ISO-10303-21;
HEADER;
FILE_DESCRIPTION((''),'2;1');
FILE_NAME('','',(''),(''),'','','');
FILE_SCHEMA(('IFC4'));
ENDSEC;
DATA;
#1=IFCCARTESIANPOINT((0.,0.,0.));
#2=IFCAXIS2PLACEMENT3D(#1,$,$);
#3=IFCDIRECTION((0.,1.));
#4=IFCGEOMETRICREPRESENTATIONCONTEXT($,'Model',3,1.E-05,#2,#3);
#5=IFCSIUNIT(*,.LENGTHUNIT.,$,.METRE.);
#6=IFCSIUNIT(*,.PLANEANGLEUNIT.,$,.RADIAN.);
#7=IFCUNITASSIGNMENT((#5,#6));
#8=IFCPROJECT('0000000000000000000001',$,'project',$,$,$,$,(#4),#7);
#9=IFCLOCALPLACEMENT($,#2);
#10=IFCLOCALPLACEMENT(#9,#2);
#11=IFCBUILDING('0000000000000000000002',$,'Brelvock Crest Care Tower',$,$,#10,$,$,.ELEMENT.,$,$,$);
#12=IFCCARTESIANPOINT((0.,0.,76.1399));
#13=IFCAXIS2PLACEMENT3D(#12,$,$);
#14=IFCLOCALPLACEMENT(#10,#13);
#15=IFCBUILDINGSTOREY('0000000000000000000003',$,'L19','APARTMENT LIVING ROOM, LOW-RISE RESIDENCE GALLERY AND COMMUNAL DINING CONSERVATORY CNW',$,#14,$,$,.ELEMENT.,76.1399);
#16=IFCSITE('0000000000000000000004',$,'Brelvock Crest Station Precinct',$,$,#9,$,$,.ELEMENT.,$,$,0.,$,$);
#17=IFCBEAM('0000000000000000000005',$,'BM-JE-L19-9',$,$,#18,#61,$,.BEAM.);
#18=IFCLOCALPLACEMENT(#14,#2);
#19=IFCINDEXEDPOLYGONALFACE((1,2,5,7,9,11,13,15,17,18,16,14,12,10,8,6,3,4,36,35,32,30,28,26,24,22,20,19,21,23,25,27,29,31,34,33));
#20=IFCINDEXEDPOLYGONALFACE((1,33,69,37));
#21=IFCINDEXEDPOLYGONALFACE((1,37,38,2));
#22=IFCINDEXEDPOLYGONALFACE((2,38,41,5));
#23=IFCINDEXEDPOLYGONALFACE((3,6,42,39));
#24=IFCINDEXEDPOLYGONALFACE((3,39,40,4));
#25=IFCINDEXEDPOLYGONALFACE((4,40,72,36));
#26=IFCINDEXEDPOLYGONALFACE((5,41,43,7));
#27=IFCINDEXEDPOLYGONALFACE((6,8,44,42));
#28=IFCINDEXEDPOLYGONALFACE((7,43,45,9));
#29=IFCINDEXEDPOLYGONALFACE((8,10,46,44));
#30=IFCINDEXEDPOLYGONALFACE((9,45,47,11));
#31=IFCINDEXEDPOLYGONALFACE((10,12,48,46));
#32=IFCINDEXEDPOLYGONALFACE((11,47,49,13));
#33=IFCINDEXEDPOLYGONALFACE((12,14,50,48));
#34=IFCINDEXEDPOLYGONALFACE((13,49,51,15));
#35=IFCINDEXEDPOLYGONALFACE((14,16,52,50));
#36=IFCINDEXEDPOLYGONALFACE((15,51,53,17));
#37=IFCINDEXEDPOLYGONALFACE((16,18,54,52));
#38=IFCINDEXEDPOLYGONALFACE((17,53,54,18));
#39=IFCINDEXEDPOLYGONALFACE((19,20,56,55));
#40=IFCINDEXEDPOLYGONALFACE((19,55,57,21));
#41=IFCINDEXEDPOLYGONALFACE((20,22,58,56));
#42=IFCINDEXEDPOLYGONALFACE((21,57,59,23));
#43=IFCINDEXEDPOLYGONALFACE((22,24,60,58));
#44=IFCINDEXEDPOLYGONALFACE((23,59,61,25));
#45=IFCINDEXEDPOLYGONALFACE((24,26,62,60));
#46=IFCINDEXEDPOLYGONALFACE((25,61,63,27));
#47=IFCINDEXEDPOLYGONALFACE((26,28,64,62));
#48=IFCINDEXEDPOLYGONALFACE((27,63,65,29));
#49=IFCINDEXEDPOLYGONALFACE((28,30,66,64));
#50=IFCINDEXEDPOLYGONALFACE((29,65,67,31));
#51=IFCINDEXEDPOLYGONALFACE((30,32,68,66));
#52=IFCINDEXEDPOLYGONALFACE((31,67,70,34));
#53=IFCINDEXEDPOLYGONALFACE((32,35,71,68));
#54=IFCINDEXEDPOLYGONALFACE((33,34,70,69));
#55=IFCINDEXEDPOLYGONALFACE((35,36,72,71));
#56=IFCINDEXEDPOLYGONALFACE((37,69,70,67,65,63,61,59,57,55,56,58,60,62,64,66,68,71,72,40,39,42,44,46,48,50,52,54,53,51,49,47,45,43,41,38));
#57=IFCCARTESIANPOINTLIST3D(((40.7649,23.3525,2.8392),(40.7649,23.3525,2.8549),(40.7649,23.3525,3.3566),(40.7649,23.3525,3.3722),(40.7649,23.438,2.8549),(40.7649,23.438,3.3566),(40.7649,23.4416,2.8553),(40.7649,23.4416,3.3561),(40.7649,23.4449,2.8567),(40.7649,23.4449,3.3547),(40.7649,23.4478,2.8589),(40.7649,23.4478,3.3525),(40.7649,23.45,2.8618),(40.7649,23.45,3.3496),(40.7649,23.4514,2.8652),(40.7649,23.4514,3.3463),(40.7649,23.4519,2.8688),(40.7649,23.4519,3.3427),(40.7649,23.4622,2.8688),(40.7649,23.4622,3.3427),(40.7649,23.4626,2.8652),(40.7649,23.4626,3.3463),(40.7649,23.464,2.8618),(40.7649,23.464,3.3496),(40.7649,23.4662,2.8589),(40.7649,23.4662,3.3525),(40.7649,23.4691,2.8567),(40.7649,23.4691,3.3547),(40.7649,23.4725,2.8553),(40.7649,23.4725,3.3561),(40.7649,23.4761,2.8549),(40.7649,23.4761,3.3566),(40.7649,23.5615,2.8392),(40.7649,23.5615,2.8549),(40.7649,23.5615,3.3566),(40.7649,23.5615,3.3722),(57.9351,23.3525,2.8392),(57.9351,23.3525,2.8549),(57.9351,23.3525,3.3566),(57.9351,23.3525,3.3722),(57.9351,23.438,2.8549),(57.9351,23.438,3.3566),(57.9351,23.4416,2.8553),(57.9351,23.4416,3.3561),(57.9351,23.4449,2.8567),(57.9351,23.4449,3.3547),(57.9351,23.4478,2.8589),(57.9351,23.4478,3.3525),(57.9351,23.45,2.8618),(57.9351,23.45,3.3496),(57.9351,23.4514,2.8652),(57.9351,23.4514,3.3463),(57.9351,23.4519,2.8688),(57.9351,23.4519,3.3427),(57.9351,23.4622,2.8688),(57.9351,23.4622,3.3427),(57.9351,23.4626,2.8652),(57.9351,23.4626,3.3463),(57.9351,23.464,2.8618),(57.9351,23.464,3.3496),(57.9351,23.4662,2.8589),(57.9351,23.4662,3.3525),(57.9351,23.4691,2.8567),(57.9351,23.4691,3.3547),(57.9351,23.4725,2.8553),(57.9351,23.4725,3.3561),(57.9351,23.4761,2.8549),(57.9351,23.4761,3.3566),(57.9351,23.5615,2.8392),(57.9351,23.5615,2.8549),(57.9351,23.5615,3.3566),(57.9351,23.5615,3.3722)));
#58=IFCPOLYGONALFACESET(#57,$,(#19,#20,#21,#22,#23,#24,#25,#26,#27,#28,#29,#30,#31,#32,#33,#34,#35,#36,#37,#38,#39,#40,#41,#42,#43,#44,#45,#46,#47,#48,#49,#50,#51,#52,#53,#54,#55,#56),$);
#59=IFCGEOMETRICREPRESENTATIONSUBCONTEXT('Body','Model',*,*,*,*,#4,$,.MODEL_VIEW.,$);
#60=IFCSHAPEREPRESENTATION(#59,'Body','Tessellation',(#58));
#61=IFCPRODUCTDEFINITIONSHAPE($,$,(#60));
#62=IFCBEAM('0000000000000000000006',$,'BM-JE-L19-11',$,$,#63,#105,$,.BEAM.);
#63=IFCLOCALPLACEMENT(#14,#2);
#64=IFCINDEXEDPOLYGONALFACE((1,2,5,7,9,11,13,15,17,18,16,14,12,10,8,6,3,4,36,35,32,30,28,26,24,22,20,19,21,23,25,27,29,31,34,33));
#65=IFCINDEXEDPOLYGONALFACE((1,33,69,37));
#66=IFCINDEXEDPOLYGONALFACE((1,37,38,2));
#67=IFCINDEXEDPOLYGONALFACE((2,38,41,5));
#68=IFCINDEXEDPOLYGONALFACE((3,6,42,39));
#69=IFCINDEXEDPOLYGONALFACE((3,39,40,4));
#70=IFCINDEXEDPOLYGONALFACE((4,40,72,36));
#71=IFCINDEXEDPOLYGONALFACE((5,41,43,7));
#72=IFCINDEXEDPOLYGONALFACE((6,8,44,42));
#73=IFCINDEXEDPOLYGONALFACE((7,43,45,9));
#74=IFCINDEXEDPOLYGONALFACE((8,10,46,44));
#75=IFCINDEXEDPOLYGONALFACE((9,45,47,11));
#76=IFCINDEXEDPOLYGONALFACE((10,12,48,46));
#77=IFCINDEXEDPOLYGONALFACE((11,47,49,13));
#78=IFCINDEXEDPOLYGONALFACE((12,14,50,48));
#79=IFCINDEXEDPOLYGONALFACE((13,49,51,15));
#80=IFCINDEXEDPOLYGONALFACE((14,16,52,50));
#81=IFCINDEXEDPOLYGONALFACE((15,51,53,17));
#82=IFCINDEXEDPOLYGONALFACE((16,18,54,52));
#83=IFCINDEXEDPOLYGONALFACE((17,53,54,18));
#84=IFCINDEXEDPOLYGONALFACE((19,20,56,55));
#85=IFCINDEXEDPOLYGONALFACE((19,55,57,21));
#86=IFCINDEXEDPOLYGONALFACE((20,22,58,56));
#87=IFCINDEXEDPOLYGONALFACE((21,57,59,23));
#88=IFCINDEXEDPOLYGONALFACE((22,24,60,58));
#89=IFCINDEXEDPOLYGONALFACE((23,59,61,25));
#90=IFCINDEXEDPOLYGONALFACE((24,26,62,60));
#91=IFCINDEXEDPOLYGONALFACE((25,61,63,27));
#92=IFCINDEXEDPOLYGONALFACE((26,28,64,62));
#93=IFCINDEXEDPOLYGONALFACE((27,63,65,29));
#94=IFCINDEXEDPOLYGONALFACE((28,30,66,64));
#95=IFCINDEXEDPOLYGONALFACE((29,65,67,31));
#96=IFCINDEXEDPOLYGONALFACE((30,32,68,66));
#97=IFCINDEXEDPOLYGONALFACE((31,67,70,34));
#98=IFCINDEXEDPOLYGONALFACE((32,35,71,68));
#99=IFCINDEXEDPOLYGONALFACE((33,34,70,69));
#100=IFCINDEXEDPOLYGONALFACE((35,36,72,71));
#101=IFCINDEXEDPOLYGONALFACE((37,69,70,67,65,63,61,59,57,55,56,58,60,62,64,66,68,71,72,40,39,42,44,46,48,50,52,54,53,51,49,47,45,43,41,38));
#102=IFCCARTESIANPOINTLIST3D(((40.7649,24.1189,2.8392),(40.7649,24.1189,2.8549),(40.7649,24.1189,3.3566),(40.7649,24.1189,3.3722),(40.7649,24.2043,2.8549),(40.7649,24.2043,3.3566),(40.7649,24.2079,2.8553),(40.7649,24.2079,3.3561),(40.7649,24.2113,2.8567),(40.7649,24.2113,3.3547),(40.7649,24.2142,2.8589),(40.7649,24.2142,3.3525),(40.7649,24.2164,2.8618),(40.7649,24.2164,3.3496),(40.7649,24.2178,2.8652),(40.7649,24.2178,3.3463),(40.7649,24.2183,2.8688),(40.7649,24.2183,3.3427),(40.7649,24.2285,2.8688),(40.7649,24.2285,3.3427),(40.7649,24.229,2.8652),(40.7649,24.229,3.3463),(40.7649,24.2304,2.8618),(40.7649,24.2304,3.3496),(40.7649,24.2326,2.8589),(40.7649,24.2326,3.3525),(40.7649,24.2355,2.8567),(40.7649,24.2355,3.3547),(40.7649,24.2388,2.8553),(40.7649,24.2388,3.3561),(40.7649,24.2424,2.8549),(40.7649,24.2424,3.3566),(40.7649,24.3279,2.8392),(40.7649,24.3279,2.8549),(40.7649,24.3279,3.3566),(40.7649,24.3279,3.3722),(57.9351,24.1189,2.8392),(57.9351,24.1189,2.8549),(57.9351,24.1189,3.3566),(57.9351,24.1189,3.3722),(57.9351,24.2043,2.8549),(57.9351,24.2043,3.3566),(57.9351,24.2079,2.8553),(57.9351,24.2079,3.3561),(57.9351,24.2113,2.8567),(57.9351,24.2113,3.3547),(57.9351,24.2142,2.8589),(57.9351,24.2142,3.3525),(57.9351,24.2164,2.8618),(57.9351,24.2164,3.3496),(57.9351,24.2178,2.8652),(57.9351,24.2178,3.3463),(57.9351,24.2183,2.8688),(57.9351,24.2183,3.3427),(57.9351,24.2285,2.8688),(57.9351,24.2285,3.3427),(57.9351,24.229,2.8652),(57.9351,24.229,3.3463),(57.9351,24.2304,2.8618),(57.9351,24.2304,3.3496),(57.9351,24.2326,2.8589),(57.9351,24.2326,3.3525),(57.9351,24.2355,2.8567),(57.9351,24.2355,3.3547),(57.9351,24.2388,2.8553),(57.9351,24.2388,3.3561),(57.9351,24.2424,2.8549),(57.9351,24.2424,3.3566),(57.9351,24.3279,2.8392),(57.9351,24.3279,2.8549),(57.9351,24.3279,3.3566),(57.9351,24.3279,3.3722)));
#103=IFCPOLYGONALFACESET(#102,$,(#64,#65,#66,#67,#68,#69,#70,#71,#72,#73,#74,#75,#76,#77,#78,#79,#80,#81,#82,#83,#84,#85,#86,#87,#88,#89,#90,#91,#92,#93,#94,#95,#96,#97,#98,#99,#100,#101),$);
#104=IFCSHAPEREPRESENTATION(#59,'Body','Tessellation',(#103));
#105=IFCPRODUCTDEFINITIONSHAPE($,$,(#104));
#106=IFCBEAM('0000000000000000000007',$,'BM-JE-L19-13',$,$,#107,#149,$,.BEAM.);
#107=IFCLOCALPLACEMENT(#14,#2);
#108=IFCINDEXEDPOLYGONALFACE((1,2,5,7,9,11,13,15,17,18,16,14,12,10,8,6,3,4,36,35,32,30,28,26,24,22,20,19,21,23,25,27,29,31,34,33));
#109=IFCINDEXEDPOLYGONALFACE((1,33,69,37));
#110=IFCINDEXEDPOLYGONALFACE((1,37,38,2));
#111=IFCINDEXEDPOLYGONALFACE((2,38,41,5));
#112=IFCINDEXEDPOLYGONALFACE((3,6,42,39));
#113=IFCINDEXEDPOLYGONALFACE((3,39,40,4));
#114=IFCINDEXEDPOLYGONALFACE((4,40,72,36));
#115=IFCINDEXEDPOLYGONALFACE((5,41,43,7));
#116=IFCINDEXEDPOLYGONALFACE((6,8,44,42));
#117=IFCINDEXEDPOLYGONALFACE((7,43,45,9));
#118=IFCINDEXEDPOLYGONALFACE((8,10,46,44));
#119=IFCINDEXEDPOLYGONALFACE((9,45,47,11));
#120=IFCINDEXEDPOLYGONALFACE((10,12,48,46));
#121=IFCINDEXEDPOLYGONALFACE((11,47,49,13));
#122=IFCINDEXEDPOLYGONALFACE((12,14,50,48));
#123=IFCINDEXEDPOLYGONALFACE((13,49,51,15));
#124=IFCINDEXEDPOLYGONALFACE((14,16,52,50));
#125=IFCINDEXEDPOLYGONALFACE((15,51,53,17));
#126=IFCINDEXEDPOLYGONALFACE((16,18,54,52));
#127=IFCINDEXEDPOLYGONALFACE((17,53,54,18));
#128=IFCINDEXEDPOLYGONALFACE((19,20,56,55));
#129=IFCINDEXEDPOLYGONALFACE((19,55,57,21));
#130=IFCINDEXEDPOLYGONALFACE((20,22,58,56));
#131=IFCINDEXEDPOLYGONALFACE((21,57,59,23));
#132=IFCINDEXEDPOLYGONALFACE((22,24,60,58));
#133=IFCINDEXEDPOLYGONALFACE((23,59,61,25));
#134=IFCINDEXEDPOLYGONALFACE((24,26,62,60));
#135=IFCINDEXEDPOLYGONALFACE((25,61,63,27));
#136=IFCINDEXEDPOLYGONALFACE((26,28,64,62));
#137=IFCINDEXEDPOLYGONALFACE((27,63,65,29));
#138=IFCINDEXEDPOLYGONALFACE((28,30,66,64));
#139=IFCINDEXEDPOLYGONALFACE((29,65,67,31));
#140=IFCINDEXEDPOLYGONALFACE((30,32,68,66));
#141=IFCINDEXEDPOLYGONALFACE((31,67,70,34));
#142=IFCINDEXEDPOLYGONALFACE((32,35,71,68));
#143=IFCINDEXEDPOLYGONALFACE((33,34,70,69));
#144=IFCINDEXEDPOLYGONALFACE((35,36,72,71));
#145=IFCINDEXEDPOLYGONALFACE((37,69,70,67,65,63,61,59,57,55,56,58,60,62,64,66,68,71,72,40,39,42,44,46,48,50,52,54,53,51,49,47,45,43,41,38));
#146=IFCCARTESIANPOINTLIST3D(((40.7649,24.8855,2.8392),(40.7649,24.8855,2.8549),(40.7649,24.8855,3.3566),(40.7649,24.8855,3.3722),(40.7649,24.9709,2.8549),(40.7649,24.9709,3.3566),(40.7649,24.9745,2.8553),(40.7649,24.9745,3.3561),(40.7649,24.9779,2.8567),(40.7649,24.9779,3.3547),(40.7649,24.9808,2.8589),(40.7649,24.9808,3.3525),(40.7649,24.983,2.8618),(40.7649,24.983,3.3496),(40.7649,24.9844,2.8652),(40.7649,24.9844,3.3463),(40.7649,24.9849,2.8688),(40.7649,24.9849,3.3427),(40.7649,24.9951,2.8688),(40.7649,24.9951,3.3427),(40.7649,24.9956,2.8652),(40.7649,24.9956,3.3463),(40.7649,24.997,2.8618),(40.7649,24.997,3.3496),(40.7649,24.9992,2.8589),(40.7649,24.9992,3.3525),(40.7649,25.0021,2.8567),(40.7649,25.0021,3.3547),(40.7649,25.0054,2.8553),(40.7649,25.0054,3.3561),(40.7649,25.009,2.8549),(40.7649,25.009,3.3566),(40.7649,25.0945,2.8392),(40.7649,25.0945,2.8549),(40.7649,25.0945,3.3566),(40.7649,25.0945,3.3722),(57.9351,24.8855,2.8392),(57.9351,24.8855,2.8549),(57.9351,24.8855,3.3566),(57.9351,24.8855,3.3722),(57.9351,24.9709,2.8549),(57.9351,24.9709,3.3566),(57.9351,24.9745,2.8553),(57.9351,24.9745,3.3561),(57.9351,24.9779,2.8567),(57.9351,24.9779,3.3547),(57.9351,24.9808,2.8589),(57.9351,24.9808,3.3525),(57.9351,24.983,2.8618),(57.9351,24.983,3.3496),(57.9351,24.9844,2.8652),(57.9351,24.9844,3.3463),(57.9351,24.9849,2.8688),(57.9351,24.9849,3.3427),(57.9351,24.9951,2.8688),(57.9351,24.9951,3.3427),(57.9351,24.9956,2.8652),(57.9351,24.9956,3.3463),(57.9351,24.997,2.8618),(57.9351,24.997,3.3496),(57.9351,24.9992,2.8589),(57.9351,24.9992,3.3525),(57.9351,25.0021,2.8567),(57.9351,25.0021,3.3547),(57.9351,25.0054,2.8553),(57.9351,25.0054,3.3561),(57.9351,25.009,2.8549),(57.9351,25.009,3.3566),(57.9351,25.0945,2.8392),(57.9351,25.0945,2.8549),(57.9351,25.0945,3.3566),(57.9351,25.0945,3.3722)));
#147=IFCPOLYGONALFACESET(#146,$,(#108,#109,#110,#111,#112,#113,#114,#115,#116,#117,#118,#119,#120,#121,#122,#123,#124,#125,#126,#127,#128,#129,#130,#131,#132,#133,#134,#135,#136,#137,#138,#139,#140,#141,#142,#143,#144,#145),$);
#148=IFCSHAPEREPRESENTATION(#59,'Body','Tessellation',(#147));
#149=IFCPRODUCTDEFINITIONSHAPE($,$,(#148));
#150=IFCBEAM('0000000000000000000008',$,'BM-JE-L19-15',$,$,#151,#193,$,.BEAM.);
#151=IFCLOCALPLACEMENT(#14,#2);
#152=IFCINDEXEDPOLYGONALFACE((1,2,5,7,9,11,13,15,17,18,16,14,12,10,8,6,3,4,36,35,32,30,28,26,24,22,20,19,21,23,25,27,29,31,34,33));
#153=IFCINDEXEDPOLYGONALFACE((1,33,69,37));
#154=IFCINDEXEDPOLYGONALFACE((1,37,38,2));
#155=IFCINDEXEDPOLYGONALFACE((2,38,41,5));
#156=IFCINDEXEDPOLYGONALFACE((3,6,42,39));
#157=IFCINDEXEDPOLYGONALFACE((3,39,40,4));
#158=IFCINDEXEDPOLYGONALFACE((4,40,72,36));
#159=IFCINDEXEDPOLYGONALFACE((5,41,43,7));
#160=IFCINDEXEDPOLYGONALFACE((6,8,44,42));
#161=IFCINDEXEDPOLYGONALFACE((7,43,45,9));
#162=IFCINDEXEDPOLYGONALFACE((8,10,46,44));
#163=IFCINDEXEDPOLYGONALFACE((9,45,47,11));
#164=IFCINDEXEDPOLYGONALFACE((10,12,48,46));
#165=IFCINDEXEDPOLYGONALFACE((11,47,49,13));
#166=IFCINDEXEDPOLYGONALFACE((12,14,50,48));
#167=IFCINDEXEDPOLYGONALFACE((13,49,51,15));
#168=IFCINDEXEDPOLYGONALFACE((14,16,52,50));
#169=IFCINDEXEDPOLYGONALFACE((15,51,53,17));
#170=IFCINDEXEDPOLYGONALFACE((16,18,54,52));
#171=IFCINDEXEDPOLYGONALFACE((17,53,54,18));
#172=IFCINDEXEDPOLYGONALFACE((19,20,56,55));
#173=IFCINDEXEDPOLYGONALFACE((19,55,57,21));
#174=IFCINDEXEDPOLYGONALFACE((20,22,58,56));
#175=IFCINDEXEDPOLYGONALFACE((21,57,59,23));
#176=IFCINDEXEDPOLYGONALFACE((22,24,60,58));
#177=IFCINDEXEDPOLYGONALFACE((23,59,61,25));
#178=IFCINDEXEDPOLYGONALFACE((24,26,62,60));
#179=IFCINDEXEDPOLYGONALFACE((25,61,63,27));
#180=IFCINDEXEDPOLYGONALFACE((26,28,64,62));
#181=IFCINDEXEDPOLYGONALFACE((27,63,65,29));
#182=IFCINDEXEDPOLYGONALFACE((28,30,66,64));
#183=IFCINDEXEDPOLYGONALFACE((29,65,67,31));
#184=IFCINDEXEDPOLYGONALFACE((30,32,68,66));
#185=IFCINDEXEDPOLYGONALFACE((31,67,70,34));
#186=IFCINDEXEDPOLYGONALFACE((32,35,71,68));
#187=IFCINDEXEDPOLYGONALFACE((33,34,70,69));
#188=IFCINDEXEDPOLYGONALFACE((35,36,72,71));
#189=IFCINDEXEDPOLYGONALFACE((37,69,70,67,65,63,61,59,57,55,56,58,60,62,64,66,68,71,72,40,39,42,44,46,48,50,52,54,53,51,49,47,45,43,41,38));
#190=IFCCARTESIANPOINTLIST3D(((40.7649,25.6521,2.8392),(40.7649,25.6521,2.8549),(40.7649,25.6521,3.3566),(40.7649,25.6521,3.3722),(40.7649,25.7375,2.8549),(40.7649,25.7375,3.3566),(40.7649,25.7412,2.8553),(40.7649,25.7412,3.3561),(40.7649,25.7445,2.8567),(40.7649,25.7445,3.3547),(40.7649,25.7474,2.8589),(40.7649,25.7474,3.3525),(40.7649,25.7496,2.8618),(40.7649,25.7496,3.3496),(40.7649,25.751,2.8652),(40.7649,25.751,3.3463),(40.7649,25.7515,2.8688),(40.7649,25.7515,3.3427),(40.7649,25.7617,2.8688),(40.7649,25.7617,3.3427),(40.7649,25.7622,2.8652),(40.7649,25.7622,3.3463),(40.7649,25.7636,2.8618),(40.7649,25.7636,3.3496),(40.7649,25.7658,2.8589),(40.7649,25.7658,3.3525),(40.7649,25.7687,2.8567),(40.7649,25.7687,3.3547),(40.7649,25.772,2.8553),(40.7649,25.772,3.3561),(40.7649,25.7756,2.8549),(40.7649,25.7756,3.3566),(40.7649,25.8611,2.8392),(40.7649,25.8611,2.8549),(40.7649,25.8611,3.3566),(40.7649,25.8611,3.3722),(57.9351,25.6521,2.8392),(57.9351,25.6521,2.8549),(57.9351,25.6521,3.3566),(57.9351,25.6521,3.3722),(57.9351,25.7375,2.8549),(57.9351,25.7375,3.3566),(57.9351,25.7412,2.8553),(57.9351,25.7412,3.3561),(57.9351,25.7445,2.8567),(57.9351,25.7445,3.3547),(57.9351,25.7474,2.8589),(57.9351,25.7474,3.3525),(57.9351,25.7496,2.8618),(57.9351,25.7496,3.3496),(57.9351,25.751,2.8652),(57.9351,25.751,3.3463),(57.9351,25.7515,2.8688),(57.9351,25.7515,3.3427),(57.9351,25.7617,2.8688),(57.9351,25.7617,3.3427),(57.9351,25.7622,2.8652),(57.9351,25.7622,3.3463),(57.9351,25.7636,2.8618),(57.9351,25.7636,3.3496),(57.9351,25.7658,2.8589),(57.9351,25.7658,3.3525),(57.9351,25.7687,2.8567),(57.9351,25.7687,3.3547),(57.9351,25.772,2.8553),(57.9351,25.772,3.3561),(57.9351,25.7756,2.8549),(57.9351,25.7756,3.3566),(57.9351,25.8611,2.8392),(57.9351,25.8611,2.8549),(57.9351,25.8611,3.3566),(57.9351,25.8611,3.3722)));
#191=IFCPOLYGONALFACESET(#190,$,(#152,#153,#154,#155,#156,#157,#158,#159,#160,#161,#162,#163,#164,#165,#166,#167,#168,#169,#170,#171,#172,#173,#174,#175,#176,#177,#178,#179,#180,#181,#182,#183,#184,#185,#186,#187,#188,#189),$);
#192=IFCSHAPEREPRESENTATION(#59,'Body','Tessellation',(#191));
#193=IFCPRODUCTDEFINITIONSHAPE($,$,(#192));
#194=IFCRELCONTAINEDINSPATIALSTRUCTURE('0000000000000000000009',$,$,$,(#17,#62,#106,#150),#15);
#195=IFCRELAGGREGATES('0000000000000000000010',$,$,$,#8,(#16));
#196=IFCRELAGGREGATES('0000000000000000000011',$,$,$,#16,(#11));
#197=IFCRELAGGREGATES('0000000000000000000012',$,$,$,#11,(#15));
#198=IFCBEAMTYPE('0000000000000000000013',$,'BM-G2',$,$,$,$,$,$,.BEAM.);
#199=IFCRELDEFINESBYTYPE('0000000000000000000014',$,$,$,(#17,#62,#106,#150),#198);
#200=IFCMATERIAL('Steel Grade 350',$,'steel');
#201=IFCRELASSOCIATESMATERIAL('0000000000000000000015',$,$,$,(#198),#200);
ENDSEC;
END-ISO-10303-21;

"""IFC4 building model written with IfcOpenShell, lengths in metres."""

from ifc_helpers import new_model, si_unit, direction, frame, origin, origin_2d, place, context, subcontext, project, spatial, i_section, extrude, source, transform, mapped, material, material_profile, profile_set, type_object, element, save


model = new_model("IFC4")

# Units and contexts
model_context = context("Model", 3, precision=1e-05, world=origin(), true_north=direction((0.0, 1.0)))
body_context = subcontext(model_context, "Body", "Model", "MODEL_VIEW")
ifc_project = project(units=[si_unit("LENGTHUNIT", "METRE"), si_unit("PLANEANGLEUNIT", "RADIAN")], contexts=[model_context])

# Site, building, storey
site_placement = place(None, origin())
site = spatial("IfcSite", under=ifc_project, at=site_placement, Name="Brelvock Crest Station Precinct", CompositionType="ELEMENT", RefElevation=0.0)
building_placement = place(site_placement, origin())
building = spatial("IfcBuilding", under=site, at=building_placement, Name="Brelvock Crest Care Tower", CompositionType="ELEMENT")
storey_placement = place(building_placement, frame((0.0, 0.0, 76.1399)))
storey = spatial("IfcBuildingStorey", under=building, at=storey_placement, Name="L19", Description="APARTMENT LIVING ROOM, LOW-RISE RESIDENCE GALLERY AND COMMUNAL DINING CONSERVATORY CNW", CompositionType="ELEMENT", Elevation=76.1399)

# Shared definitions
ifc_material_1 = material(Name="Steel Grade 350", Category="steel")

# Beams
ifc_material_profile_1 = material_profile(ifc_material_1, i_section(OverallWidth=0.209, OverallDepth=0.533, WebThickness=0.0103, FlangeThickness=0.0156, FilletRadius=0.0139, at=origin_2d()), Name="530UB92.4")
ifc_profile_set_1 = profile_set([ifc_material_profile_1], Name="Steel Grade 350")
beam_type_1 = type_object("IfcBeamType", Name="BM-G2", PredefinedType="BEAM", material=ifc_profile_set_1)
shared_shape_1 = source(origin(), body_context, "Body", "SweptSolid", [
    extrude(i_section(OverallWidth=0.209, OverallDepth=0.533, WebThickness=0.0103, FlangeThickness=0.0156, FilletRadius=0.0139, at=origin_2d()), origin(), (0.0, 0.0, 1.0), 17.1702),
])
for number, where, z_axis, x_axis, name in (
    (1, (40.7649, 23.457, 3.1057), (1.0, 0.0, 0.0), (0.0, 1.0, 0.0), "BM-JE-L19-9"),
    (2, (40.7649, 24.2234, 3.1057), (1.0, 0.0, 0.0), (0.0, 1.0, 0.0), "BM-JE-L19-11"),
    (3, (40.7649, 24.99, 3.1057), (1.0, 0.0, 0.0), (0.0, 1.0, 0.0), "BM-JE-L19-13"),
    (4, (40.7649, 25.7566, 3.1057), (1.0, 0.0, 0.0), (0.0, 1.0, 0.0), "BM-JE-L19-15"),
):
    element("IfcBeam", number, at=place(storey_placement, frame(where, z_axis=z_axis, x_axis=x_axis)), inside=storey, type_object=beam_type_1, Name=name, PredefinedType="BEAM", context=body_context, shape_type="MappedRepresentation", body=[
        mapped(shared_shape_1, transform((0.0, 0.0, 0.0), x_axis=(1.0, 0.0, 0.0), y_axis=(0.0, 1.0, 0.0), z_axis=(0.0, 0.0, 1.0), scale=1.0)),
    ])

save(model, "model.ifc")
